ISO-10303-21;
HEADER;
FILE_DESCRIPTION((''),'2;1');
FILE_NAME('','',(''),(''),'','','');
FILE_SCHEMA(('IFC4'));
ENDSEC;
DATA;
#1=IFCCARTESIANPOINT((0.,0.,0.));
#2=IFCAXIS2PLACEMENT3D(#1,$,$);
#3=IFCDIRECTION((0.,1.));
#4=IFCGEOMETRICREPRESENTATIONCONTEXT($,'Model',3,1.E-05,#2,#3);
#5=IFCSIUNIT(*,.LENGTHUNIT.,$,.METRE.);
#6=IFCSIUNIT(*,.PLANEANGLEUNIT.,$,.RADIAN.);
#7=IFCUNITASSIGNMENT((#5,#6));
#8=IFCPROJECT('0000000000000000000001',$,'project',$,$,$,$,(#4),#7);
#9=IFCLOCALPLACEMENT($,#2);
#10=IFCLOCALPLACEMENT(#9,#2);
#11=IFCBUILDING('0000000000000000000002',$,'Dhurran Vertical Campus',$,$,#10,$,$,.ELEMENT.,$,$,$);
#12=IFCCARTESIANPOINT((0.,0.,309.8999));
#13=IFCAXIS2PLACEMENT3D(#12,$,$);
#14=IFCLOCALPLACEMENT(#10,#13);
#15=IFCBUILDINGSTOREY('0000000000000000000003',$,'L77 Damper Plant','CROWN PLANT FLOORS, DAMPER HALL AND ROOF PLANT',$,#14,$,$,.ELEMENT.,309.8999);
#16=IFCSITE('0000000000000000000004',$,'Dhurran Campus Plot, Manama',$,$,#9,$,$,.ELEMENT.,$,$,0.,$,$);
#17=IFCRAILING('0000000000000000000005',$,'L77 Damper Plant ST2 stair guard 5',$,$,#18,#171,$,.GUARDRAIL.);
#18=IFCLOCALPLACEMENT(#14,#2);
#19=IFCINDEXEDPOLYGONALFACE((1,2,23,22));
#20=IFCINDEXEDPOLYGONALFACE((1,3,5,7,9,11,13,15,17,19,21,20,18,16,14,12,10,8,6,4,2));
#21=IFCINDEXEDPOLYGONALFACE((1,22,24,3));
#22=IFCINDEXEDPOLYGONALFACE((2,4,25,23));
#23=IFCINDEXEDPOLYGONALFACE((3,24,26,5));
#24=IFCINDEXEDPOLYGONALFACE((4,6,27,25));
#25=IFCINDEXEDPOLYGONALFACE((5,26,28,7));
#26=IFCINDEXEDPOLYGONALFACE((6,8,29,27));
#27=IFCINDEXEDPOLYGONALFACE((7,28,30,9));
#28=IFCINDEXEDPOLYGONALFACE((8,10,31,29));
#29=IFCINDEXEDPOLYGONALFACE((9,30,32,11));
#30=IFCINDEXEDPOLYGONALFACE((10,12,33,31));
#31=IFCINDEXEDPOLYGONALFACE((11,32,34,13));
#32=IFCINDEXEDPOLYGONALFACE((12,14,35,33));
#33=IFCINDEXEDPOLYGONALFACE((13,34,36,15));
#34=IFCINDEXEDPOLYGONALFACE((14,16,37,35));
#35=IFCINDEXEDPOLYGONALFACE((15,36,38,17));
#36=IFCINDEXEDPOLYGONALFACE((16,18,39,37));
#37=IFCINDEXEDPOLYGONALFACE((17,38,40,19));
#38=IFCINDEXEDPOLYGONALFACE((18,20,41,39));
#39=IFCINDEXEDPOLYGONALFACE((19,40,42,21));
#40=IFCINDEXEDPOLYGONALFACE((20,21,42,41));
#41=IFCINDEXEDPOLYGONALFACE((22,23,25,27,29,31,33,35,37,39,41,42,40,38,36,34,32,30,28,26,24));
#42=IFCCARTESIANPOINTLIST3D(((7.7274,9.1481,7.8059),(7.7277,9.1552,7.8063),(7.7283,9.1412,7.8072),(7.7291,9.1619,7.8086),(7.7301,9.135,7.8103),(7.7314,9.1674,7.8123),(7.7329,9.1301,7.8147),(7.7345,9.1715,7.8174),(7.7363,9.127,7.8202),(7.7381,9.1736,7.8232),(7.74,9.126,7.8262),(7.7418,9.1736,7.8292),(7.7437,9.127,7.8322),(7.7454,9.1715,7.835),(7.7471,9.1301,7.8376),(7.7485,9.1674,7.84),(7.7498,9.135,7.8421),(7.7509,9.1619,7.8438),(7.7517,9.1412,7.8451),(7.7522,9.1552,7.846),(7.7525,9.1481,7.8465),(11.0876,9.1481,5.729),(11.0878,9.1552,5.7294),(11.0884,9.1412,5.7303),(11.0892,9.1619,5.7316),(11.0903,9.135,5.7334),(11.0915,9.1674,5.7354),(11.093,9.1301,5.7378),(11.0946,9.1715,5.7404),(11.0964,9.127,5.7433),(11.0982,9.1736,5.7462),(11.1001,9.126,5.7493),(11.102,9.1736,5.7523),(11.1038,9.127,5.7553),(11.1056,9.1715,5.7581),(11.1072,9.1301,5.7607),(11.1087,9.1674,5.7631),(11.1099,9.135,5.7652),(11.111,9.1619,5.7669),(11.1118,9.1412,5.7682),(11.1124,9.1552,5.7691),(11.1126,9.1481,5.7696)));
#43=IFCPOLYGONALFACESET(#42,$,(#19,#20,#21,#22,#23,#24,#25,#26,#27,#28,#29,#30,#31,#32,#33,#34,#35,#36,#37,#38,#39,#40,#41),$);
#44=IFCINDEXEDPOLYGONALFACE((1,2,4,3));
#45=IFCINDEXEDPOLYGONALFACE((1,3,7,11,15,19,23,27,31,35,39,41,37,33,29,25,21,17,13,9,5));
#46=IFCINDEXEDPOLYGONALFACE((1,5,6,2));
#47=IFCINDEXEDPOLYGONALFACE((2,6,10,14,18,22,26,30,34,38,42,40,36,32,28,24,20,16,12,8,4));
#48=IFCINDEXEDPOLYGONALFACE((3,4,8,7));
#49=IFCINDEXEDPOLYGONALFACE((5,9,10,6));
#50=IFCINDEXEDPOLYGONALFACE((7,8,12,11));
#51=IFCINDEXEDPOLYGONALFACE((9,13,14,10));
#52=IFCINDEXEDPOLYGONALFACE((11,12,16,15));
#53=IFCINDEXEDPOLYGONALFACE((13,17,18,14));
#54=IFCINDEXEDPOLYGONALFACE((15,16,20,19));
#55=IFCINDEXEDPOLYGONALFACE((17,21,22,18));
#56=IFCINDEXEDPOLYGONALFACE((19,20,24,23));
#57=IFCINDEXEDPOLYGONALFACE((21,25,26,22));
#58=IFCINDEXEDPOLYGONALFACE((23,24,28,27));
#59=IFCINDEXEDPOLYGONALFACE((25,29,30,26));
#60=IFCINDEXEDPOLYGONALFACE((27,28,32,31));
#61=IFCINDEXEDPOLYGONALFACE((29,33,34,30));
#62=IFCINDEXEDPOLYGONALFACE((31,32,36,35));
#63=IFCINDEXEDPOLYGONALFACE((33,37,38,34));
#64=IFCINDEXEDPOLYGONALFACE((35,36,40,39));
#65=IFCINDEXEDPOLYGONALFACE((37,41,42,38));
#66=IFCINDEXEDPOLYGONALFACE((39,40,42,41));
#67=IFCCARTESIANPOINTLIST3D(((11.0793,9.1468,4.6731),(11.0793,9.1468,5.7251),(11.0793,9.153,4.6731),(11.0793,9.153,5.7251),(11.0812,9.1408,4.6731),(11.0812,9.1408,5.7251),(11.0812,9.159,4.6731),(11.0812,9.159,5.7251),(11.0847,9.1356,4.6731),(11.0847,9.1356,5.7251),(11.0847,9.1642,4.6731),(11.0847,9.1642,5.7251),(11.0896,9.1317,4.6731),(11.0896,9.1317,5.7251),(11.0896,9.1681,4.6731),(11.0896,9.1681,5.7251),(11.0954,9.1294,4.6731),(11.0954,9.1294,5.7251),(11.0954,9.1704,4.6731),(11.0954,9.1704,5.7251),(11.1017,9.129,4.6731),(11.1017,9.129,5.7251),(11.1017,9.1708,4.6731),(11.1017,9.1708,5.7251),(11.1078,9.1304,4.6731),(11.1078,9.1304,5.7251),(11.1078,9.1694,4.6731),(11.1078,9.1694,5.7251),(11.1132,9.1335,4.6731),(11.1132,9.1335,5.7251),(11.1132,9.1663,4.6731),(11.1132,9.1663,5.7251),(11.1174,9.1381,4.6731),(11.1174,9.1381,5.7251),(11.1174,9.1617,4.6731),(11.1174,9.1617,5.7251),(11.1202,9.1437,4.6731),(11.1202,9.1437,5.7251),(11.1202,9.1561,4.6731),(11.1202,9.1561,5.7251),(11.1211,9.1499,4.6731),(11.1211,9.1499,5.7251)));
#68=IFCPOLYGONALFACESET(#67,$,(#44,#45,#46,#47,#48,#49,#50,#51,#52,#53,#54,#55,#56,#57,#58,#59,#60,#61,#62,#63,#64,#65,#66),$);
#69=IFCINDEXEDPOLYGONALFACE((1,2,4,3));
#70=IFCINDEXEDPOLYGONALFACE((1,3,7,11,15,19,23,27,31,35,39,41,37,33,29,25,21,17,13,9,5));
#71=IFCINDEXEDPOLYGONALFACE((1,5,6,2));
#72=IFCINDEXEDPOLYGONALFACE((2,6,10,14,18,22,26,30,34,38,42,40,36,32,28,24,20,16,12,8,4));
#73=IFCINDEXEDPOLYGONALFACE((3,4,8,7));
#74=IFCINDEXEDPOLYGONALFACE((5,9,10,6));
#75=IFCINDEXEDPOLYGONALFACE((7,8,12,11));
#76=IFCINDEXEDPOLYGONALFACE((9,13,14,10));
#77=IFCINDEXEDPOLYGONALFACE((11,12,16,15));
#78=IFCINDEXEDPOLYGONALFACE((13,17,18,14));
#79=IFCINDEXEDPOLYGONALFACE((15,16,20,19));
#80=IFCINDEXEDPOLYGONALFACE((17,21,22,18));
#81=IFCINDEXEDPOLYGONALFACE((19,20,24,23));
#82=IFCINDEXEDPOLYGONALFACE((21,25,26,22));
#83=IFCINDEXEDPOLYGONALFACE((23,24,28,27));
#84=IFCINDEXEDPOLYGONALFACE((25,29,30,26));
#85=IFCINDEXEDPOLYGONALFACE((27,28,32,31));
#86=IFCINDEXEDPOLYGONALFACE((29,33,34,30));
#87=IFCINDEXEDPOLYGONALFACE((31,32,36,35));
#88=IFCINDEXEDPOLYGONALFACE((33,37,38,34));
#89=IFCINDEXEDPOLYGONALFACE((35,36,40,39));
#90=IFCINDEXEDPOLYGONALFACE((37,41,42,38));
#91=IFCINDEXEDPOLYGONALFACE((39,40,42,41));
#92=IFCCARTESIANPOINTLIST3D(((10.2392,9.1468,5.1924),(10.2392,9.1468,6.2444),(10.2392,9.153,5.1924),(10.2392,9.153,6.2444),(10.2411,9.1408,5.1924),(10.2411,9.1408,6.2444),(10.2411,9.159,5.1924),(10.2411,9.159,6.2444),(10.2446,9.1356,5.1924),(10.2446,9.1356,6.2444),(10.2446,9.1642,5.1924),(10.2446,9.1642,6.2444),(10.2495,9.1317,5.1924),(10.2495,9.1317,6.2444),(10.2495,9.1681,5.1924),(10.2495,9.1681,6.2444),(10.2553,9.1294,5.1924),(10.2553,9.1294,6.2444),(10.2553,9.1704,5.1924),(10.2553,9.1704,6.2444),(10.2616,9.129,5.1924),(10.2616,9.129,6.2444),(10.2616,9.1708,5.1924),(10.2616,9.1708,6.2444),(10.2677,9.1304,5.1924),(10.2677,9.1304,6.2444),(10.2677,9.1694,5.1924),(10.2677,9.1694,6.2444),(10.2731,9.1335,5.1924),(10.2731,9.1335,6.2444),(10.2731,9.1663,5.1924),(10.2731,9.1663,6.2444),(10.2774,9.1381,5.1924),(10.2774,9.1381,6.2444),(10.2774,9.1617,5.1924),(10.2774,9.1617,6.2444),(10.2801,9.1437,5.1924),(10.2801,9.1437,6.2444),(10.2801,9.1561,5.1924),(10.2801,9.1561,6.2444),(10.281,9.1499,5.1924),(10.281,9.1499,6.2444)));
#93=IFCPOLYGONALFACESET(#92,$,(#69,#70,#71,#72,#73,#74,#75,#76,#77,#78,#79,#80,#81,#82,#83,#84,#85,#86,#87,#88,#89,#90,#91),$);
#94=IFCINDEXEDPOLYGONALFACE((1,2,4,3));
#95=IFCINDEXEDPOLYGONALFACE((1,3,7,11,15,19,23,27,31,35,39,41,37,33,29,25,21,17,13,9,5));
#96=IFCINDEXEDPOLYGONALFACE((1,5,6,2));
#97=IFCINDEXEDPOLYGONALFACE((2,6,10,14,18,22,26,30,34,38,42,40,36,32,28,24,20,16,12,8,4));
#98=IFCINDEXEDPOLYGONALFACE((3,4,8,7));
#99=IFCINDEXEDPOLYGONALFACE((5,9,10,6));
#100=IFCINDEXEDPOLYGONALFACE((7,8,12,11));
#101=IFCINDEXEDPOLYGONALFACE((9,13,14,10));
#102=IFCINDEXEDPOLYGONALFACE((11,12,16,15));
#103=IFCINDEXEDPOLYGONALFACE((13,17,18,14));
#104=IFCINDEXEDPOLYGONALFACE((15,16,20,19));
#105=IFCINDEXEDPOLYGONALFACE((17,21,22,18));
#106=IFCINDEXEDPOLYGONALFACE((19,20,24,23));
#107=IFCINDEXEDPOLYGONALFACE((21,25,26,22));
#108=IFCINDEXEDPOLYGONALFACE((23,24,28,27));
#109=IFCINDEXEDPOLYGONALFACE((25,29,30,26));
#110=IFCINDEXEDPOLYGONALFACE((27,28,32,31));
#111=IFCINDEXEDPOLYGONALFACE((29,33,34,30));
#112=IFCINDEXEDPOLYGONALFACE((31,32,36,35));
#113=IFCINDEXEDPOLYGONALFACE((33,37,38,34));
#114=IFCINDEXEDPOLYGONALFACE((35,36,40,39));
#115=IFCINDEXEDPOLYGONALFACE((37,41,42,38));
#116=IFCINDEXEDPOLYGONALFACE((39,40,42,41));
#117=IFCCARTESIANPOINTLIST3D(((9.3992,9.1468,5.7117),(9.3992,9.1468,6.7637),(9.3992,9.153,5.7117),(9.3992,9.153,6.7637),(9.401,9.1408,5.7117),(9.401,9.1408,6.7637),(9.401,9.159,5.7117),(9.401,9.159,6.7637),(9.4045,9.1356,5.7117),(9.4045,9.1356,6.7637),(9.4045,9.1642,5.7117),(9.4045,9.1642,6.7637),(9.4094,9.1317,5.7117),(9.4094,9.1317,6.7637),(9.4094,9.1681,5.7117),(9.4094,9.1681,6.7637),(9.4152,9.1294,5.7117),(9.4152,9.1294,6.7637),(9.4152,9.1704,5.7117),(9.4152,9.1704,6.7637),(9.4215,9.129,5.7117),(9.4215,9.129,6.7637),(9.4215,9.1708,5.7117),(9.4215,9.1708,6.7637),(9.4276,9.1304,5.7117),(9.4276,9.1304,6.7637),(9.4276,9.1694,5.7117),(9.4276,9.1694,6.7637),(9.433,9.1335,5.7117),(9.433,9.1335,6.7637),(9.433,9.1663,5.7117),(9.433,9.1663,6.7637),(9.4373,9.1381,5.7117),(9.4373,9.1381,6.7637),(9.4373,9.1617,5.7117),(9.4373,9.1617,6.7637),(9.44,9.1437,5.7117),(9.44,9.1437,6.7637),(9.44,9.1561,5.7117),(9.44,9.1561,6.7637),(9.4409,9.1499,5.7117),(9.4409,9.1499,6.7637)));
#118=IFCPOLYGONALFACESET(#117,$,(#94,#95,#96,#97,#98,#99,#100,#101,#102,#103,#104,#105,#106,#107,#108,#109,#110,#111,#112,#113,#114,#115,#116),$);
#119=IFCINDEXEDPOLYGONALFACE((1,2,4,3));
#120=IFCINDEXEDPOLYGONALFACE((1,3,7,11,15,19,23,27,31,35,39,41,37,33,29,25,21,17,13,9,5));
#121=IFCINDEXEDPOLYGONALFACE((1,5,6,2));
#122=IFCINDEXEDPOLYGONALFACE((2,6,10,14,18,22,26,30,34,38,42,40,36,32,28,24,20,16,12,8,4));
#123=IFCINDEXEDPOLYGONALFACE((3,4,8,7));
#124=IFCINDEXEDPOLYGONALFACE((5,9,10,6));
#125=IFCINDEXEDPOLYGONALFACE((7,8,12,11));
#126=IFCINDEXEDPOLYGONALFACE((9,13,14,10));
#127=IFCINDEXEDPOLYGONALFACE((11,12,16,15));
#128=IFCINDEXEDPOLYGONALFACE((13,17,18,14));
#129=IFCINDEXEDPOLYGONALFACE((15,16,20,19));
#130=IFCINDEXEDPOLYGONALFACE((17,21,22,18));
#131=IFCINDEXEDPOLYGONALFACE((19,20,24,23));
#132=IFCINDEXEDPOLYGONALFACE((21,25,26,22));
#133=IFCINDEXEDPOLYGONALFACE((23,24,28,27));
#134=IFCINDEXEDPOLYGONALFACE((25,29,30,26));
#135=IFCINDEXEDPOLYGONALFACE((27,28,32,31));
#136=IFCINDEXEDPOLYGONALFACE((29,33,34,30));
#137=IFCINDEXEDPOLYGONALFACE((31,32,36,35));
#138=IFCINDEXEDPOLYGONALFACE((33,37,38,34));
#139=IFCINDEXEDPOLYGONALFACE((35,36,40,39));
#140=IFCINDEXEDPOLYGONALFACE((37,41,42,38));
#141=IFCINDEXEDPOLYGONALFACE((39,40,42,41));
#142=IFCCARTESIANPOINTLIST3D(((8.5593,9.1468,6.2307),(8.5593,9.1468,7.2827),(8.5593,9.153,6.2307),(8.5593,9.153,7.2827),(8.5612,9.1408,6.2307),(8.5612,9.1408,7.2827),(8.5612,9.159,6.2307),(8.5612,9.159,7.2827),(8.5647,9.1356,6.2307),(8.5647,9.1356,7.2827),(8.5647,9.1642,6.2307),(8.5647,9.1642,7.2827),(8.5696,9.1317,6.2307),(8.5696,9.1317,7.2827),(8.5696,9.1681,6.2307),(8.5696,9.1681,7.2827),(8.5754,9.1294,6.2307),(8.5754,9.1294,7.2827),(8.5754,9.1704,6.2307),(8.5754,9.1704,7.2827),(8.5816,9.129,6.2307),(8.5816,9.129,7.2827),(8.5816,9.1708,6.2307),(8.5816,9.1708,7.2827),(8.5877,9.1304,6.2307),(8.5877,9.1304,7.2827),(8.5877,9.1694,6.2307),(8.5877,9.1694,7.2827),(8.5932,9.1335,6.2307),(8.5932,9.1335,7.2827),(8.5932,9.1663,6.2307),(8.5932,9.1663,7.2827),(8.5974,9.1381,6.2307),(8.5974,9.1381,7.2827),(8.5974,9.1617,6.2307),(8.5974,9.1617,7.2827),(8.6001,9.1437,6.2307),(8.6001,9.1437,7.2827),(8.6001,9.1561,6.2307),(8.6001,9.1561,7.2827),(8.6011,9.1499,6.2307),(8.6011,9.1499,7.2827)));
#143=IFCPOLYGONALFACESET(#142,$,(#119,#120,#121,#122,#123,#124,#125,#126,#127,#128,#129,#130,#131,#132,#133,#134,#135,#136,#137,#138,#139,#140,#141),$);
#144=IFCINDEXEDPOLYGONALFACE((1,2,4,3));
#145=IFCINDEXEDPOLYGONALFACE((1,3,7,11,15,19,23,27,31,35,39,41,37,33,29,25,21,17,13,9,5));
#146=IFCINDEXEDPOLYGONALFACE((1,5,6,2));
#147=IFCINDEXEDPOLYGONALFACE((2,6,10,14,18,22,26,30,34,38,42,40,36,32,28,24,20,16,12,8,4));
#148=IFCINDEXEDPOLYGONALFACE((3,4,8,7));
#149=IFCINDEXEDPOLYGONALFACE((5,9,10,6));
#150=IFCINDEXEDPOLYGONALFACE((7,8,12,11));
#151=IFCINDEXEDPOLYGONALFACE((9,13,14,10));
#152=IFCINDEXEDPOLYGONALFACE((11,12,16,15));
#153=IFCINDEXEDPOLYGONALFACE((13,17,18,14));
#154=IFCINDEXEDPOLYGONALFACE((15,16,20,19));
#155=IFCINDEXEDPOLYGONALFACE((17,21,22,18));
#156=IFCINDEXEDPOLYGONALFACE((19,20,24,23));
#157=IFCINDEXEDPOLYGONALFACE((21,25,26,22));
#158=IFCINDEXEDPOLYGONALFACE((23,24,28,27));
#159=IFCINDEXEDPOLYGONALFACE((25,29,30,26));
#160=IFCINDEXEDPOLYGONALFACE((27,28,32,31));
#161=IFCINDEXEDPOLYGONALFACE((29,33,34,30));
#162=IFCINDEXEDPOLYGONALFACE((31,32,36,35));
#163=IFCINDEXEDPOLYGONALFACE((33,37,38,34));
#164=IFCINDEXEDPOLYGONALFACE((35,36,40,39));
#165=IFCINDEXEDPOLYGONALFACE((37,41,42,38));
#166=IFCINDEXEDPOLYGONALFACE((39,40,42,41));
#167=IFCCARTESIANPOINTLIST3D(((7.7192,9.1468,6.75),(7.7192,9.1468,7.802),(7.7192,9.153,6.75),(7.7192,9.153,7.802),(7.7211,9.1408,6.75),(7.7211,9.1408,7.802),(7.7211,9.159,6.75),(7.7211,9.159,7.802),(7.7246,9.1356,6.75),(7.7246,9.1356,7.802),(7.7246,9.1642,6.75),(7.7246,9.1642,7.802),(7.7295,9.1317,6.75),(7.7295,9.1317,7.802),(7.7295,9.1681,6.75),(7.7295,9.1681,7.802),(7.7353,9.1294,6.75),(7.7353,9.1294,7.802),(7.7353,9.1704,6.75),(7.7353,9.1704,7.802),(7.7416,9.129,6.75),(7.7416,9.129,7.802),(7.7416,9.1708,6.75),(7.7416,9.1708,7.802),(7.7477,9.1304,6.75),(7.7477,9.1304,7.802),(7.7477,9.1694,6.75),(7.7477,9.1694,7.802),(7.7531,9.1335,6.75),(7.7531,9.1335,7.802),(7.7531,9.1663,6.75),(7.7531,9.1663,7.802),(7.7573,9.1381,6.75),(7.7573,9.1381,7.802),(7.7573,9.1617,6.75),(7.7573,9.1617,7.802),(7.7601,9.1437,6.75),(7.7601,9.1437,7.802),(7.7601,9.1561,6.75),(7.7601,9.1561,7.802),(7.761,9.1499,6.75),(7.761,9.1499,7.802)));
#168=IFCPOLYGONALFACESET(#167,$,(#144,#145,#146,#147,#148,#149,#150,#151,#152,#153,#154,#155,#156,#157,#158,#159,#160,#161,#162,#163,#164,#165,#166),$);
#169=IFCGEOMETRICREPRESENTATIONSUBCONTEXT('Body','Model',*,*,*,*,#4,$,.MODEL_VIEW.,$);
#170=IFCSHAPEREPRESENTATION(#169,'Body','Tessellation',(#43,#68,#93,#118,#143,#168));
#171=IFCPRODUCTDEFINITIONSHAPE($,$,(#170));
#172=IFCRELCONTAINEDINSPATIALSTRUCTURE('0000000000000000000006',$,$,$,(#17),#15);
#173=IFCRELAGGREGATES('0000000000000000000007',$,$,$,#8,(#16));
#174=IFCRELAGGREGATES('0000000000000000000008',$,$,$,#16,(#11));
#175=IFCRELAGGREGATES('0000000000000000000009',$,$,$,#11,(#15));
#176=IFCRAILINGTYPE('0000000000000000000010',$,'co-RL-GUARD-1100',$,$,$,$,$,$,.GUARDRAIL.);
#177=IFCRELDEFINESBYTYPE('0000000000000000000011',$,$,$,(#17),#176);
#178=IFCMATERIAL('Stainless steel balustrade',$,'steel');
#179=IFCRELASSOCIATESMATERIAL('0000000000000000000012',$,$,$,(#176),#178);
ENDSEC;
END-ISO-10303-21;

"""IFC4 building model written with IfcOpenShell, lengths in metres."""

from ifc_helpers import new_model, si_unit, direction, frame, origin, origin_2d, place, context, subcontext, project, spatial, circle, extrude, material, type_object, element, save


model = new_model("IFC4")

# Units and contexts
model_context = context("Model", 3, precision=1e-05, world=origin(), true_north=direction((0.0, 1.0)))
body_context = subcontext(model_context, "Body", "Model", "MODEL_VIEW")
ifc_project = project(units=[si_unit("LENGTHUNIT", "METRE"), si_unit("PLANEANGLEUNIT", "RADIAN")], contexts=[model_context])

# Site, building, storey
site_placement = place(None, origin())
site = spatial("IfcSite", under=ifc_project, at=site_placement, Name="Dhurran Campus Plot, Manama", CompositionType="ELEMENT", RefElevation=0.0)
building_placement = place(site_placement, origin())
building = spatial("IfcBuilding", under=site, at=building_placement, Name="Dhurran Vertical Campus", CompositionType="ELEMENT")
storey_placement = place(building_placement, frame((0.0, 0.0, 309.8999)))
storey = spatial("IfcBuildingStorey", under=building, at=storey_placement, Name="L77 Damper Plant", Description="CROWN PLANT FLOORS, DAMPER HALL AND ROOF PLANT", CompositionType="ELEMENT", Elevation=309.8999)

# Railing
ifc_material_1 = material(Name="Stainless steel balustrade", Category="steel")
railing_type_1 = type_object("IfcRailingType", Name="co-RL-GUARD-1100", PredefinedType="GUARDRAIL", material=ifc_material_1)
for number, where, name in (
    (1, (11.1001, 9.1499, 4.6731), "L77 Damper Plant ST2 stair guard 5"),
):
    element("IfcRailing", number, at=place(storey_placement, frame(where)), inside=storey, type_object=railing_type_1, Name=name, PredefinedType="GUARDRAIL", context=body_context, shape_type="SweptSolid", body=[
        extrude(circle(Radius=0.0239, at=origin_2d()), frame((0.0, 0.0, 1.0762), z_axis=(-0.850623, 0.0, 0.525776), x_axis=(0.0, -1.0, 0.0)), (0.0, 0.0, 1.0), 3.9502),
        extrude(circle(Radius=0.021, at=origin_2d()), origin(), (0.0, 0.0, 1.0), 1.052),
        extrude(circle(Radius=0.021, at=origin_2d()), frame((-0.8401, 0.0, 0.5193)), (0.0, 0.0, 1.0), 1.052),
        extrude(circle(Radius=0.021, at=origin_2d()), frame((-1.6802, 0.0, 1.0386)), (0.0, 0.0, 1.0), 1.052),
        extrude(circle(Radius=0.021, at=origin_2d()), frame((-2.52, 0.0, 1.5576)), (0.0, 0.0, 1.0), 1.052),
        extrude(circle(Radius=0.021, at=origin_2d()), frame((-3.3601, 0.0, 2.0769)), (0.0, 0.0, 1.0), 1.052),
    ])

save(model, "model.ifc")
